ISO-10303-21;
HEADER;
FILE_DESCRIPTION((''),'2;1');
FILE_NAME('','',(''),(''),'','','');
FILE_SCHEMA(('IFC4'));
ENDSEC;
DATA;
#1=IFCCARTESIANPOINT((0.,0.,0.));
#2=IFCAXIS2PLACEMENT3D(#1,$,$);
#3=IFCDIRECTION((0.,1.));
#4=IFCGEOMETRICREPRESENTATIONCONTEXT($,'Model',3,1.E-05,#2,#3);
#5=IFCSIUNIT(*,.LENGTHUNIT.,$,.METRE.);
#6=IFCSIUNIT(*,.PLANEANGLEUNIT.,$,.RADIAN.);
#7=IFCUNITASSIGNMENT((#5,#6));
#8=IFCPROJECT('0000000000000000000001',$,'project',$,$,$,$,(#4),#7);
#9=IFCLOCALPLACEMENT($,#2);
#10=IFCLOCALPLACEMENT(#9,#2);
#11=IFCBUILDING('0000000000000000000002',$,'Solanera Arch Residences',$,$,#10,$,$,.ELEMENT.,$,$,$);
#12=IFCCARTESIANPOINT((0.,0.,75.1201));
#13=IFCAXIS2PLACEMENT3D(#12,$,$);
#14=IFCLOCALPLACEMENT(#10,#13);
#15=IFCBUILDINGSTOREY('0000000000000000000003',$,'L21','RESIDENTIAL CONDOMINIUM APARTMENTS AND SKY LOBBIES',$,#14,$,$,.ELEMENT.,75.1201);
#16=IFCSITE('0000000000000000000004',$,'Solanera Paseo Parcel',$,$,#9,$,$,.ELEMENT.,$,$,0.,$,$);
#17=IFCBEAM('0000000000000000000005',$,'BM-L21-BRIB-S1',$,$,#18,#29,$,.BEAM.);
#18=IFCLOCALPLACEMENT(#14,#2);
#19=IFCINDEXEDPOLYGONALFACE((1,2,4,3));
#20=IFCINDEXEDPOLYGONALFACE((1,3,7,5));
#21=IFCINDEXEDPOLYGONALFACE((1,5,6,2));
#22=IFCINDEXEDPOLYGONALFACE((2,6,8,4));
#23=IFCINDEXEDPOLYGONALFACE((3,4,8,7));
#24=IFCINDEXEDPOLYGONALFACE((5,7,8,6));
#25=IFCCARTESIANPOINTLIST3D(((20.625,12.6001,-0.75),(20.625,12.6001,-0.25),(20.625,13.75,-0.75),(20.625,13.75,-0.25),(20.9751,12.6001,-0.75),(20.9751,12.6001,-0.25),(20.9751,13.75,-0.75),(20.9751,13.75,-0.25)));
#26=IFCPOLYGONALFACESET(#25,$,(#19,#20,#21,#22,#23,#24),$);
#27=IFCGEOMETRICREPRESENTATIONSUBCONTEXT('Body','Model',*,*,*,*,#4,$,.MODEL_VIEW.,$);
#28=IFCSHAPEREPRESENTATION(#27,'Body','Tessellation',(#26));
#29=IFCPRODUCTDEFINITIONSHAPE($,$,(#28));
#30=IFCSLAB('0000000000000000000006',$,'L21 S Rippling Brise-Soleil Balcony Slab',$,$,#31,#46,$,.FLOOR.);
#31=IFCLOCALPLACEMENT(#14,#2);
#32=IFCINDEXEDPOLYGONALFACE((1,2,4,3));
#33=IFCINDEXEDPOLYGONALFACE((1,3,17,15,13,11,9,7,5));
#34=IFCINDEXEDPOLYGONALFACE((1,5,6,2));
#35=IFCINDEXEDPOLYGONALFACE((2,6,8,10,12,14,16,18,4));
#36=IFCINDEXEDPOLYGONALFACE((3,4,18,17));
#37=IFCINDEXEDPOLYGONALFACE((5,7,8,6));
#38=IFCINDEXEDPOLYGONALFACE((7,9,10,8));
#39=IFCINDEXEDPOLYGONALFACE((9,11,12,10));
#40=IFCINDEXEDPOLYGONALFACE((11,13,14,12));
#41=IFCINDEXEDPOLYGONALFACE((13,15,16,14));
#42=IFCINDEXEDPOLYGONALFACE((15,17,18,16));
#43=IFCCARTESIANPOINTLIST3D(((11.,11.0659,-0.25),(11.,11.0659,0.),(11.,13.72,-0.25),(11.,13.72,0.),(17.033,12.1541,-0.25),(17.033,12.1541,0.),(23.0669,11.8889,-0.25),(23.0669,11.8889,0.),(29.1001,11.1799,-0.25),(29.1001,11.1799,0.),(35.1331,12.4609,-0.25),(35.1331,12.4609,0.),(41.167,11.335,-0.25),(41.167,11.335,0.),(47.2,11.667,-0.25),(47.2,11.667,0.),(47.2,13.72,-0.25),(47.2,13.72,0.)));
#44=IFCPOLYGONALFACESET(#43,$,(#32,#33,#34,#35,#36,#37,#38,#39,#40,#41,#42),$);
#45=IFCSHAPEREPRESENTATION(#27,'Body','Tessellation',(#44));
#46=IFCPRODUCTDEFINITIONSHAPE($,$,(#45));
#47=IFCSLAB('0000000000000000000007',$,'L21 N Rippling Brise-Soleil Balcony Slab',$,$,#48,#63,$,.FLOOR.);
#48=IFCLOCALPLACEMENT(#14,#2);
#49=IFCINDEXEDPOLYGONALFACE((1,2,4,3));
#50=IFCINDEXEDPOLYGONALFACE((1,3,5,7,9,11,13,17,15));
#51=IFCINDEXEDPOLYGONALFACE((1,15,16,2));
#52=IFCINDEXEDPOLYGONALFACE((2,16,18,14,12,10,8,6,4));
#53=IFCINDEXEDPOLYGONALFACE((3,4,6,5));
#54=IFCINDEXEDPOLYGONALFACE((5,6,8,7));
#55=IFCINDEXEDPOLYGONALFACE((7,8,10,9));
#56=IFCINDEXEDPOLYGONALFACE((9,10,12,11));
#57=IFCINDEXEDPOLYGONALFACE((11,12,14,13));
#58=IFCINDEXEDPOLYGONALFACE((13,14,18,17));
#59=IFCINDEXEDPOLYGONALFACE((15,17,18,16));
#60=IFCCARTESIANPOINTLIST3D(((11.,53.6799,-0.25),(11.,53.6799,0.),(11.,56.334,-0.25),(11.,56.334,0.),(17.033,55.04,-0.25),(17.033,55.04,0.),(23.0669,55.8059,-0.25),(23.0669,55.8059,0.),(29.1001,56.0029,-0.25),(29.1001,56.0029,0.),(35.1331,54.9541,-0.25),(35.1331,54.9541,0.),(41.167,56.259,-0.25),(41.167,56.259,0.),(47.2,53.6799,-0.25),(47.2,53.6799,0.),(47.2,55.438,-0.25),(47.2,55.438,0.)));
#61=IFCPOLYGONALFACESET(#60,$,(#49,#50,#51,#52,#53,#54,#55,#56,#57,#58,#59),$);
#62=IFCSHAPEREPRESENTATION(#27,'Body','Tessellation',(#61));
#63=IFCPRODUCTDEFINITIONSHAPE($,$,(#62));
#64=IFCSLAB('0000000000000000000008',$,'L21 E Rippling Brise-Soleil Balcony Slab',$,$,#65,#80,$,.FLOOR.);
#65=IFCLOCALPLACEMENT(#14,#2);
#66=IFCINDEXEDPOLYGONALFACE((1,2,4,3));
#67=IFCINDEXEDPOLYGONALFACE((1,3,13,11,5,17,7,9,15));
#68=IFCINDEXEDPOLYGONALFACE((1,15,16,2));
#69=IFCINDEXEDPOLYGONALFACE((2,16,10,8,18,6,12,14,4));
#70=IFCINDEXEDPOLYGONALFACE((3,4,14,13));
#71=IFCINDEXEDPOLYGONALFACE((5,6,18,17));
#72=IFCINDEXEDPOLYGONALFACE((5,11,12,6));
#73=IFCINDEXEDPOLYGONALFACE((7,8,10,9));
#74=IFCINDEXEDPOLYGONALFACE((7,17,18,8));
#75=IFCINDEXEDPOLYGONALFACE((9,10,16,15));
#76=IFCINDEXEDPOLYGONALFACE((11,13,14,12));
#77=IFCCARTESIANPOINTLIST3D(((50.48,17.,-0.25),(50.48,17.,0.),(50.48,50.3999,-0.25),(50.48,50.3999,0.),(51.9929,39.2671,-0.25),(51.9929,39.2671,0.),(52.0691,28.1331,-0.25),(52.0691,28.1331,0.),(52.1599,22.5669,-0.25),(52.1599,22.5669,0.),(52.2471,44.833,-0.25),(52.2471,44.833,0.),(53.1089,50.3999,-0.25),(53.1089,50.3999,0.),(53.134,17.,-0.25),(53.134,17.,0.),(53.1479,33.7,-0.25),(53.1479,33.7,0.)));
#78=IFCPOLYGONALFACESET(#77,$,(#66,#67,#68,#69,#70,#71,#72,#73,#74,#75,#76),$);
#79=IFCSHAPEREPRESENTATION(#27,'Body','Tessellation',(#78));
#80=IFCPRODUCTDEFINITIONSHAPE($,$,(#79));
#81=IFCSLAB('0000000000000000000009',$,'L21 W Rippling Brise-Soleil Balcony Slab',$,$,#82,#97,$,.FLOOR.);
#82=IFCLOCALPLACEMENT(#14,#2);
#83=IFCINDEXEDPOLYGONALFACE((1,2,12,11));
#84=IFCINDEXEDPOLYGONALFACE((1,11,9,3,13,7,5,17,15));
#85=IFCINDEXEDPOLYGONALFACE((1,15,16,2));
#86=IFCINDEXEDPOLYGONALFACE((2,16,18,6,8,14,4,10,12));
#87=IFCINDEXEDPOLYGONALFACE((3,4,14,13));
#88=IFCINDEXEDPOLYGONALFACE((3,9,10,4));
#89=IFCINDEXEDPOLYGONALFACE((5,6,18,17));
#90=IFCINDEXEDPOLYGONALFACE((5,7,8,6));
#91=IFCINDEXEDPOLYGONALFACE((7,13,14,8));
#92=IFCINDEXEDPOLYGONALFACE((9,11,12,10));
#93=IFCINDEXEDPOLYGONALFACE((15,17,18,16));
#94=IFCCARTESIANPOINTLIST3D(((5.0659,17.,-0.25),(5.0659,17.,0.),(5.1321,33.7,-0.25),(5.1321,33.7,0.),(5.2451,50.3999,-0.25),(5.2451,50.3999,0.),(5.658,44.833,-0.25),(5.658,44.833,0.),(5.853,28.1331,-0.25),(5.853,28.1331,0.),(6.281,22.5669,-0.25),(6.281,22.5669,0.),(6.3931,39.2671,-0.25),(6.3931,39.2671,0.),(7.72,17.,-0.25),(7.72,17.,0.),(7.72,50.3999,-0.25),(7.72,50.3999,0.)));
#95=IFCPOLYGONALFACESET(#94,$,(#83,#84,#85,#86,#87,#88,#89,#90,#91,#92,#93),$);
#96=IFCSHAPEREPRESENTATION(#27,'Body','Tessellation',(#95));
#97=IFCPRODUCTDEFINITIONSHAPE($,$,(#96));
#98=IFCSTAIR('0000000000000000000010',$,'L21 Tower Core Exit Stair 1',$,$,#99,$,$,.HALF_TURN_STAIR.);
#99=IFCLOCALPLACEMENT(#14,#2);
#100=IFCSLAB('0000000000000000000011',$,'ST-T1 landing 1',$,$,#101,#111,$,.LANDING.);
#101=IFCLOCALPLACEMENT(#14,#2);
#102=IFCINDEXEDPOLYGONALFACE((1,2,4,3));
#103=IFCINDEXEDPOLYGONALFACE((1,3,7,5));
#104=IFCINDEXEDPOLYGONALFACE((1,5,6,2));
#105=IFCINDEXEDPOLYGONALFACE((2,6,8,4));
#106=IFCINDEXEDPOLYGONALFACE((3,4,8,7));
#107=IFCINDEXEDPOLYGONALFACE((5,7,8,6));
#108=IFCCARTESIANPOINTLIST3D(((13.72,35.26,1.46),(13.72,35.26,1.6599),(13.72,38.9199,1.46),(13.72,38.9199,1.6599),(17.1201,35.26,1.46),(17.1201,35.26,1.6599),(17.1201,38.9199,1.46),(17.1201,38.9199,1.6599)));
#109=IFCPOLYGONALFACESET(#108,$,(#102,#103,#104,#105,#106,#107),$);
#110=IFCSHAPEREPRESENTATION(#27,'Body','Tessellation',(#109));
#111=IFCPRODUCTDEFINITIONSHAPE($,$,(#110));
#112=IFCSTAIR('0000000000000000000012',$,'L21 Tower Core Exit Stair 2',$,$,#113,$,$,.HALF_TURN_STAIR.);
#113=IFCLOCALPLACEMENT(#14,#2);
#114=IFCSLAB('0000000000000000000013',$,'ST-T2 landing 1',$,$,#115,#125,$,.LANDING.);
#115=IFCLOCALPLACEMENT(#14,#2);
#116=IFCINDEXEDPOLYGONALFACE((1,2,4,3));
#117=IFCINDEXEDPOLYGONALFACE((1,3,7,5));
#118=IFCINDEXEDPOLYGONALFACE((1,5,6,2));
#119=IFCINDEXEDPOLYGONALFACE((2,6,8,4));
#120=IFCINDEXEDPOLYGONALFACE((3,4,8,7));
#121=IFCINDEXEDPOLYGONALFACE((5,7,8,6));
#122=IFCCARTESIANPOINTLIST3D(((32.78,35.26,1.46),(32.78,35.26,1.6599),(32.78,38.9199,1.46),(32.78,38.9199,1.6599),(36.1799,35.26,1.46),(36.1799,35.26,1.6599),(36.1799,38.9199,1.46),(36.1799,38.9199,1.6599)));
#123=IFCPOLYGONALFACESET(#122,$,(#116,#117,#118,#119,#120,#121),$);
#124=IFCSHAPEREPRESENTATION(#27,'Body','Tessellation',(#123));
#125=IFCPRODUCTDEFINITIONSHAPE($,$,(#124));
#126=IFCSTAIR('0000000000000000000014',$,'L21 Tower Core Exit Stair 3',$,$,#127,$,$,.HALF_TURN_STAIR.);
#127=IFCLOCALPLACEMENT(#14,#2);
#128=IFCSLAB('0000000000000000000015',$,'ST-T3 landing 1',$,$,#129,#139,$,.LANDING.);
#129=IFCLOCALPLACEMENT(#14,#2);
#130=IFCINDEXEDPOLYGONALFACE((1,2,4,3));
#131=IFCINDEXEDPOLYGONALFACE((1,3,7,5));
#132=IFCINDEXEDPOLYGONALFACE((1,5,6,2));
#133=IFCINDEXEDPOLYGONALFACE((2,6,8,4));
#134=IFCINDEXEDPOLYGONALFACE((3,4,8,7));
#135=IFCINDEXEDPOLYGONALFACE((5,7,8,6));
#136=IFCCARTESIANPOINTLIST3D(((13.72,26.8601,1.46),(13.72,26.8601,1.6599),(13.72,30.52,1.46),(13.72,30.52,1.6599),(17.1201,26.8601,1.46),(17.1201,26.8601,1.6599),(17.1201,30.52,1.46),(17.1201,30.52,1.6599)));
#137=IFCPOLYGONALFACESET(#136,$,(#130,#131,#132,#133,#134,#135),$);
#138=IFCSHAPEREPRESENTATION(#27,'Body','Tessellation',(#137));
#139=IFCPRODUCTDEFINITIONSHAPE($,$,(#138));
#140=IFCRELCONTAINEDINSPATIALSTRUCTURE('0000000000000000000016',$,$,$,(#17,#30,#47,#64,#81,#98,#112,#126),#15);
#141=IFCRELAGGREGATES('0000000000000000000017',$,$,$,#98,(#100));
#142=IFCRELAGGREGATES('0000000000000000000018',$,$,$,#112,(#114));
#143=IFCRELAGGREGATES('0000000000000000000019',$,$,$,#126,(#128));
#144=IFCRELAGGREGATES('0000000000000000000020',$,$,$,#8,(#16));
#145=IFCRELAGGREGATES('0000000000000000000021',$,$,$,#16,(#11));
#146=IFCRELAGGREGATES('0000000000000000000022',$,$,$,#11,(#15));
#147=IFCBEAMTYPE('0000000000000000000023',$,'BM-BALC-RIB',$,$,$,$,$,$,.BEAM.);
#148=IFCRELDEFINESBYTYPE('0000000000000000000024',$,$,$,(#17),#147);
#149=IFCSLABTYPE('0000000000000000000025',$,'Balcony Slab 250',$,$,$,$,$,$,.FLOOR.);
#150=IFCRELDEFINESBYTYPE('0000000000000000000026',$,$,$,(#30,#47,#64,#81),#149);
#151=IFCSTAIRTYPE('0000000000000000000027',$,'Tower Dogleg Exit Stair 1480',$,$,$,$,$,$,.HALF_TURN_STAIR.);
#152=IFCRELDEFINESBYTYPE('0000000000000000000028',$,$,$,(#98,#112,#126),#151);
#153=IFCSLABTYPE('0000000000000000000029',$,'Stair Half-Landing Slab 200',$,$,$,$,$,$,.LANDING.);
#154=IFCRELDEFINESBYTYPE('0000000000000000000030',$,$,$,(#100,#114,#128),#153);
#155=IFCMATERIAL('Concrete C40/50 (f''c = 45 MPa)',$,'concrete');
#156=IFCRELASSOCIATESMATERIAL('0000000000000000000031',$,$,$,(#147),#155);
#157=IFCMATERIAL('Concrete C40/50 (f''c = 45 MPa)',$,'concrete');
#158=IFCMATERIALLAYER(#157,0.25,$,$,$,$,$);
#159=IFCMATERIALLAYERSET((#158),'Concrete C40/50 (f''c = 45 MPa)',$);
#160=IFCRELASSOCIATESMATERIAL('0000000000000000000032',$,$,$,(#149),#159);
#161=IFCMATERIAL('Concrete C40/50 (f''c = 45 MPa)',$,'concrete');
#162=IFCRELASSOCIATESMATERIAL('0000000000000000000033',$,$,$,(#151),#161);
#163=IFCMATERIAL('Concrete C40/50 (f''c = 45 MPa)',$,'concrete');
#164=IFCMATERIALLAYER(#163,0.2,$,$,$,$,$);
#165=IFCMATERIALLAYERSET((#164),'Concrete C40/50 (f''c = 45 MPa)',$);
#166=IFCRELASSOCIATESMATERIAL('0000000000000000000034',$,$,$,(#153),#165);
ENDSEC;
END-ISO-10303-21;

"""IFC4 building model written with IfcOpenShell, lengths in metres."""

from ifc_helpers import new_model, si_unit, direction, frame, origin, origin_2d, place, context, subcontext, project, spatial, polyline, rectangle, outline, extrude, material, layer, layer_set, material_profile, profile_set, type_object, element, aggregate, save


model = new_model("IFC4")

# Units and contexts
model_context = context("Model", 3, precision=1e-05, world=origin(), true_north=direction((0.0, 1.0)))
body_context = subcontext(model_context, "Body", "Model", "MODEL_VIEW")
ifc_project = project(units=[si_unit("LENGTHUNIT", "METRE"), si_unit("PLANEANGLEUNIT", "RADIAN")], contexts=[model_context])

# Site, building, storey
site_placement = place(None, origin())
site = spatial("IfcSite", under=ifc_project, at=site_placement, Name="Solanera Paseo Parcel", CompositionType="ELEMENT", RefElevation=0.0)
building_placement = place(site_placement, origin())
building = spatial("IfcBuilding", under=site, at=building_placement, Name="Solanera Arch Residences", CompositionType="ELEMENT")
storey_placement = place(building_placement, frame((0.0, 0.0, 75.1201)))
storey = spatial("IfcBuildingStorey", under=building, at=storey_placement, Name="L21", Description="RESIDENTIAL CONDOMINIUM APARTMENTS AND SKY LOBBIES", CompositionType="ELEMENT", Elevation=75.1201)

# Beam
ifc_material_1 = material(Name="Concrete C40/50 (f'c = 45 MPa)", Category="concrete")
ifc_material_profile = material_profile(ifc_material_1, rectangle(XDim=0.3501, YDim=0.5, at=origin_2d()))
ifc_profile_set = profile_set([ifc_material_profile], Name="Concrete C40/50 (f'c = 45 MPa)")
beam_type = type_object("IfcBeamType", Name="BM-BALC-RIB", PredefinedType="BEAM", material=ifc_profile_set)
beam_placement = place(storey_placement, frame((20.8, 12.6001, -0.5), z_axis=(0.0, 1.0, 0.0), x_axis=(-1.0, 0.0, 0.0)))
element("IfcBeam", 1, at=beam_placement, inside=storey, type_object=beam_type, Name="BM-L21-BRIB-S1", PredefinedType="BEAM", context=body_context, shape_type="SweptSolid", body=[
    extrude(rectangle(XDim=0.3501, YDim=0.5, at=origin_2d()), origin(), (0.0, 0.0, 1.0), 1.1499),
])

# Slabs
ifc_material_2 = material(Name="Concrete C40/50 (f'c = 45 MPa)", Category="concrete")
ifc_layer_1 = layer(ifc_material_2, 0.25)
ifc_layer_set_1 = layer_set([ifc_layer_1], Name="Concrete C40/50 (f'c = 45 MPa)")
slab_type_1 = type_object("IfcSlabType", Name="Balcony Slab 250", PredefinedType="FLOOR", material=ifc_layer_set_1)
slab_1_placement = place(storey_placement, frame((0.0, 0.0, -0.25)))
element("IfcSlab", 2, at=slab_1_placement, inside=storey, type_object=slab_type_1, Name="L21 S Rippling Brise-Soleil Balcony Slab", PredefinedType="FLOOR", context=body_context, shape_type="SweptSolid", body=[
    extrude(outline(polyline([(11.0, 11.0659), (17.033, 12.1541), (23.0669, 11.8889), (29.1001, 11.1799), (35.1331, 12.4609), (41.167, 11.335), (47.2, 11.667), (47.2, 13.72), (11.0, 13.72), (11.0, 11.0659)])), origin(), (0.0, 0.0, 1.0), 0.25),
])
slab_2_placement = place(storey_placement, frame((0.0, 0.0, -0.25)))
element("IfcSlab", 3, at=slab_2_placement, inside=storey, type_object=slab_type_1, Name="L21 N Rippling Brise-Soleil Balcony Slab", PredefinedType="FLOOR", context=body_context, shape_type="SweptSolid", body=[
    extrude(outline(polyline([(47.2, 55.438), (41.167, 56.259), (35.1331, 54.9541), (29.1001, 56.0029), (23.0669, 55.8059), (17.033, 55.04), (11.0, 56.334), (11.0, 53.6799), (47.2, 53.6799), (47.2, 55.438)])), origin(), (0.0, 0.0, 1.0), 0.25),
])
slab_3_placement = place(storey_placement, frame((0.0, 0.0, -0.25)))
element("IfcSlab", 4, at=slab_3_placement, inside=storey, type_object=slab_type_1, Name="L21 E Rippling Brise-Soleil Balcony Slab", PredefinedType="FLOOR", context=body_context, shape_type="SweptSolid", body=[
    extrude(outline(polyline([(53.134, 17.0), (52.1599, 22.5669), (52.0691, 28.1331), (53.1479, 33.7), (51.9929, 39.2671), (52.2471, 44.833), (53.1089, 50.3999), (50.48, 50.3999), (50.48, 17.0), (53.134, 17.0)])), origin(), (0.0, 0.0, 1.0), 0.25),
])
slab_4_placement = place(storey_placement, frame((0.0, 0.0, -0.25)))
element("IfcSlab", 5, at=slab_4_placement, inside=storey, type_object=slab_type_1, Name="L21 W Rippling Brise-Soleil Balcony Slab", PredefinedType="FLOOR", context=body_context, shape_type="SweptSolid", body=[
    extrude(outline(polyline([(5.2451, 50.3999), (5.658, 44.833), (6.3931, 39.2671), (5.1321, 33.7), (5.853, 28.1331), (6.281, 22.5669), (5.0659, 17.0), (7.72, 17.0), (7.72, 50.3999), (5.2451, 50.3999)])), origin(), (0.0, 0.0, 1.0), 0.25),
])

# Stairs, slabs
ifc_material_3 = material(Name="Concrete C40/50 (f'c = 45 MPa)", Category="concrete")
stair_type = type_object("IfcStairType", Name="Tower Dogleg Exit Stair 1480", PredefinedType="HALF_TURN_STAIR", material=ifc_material_3)
stair_1_placement = place(storey_placement, origin())
stair_1 = element("IfcStair", 6, at=stair_1_placement, inside=storey, type_object=stair_type, Name="L21 Tower Core Exit Stair 1", PredefinedType="HALF_TURN_STAIR")
ifc_material_4 = material(Name="Concrete C40/50 (f'c = 45 MPa)", Category="concrete")
ifc_layer_2 = layer(ifc_material_4, 0.2)
ifc_layer_set_2 = layer_set([ifc_layer_2], Name="Concrete C40/50 (f'c = 45 MPa)")
slab_type_2 = type_object("IfcSlabType", Name="Stair Half-Landing Slab 200", PredefinedType="LANDING", material=ifc_layer_set_2)
slab_5_placement = place(storey_placement, frame((0.0, 0.0, 1.46)))
slab_5 = element("IfcSlab", 7, at=slab_5_placement, type_object=slab_type_2, Name="ST-T1 landing 1", PredefinedType="LANDING", context=body_context, shape_type="SweptSolid", body=[
    extrude(outline(polyline([(17.1201, 35.26), (17.1201, 38.9199), (13.72, 38.9199), (13.72, 35.26), (17.1201, 35.26)])), origin(), (0.0, 0.0, 1.0), 0.2),
])
aggregate(stair_1, [slab_5])
stair_2_placement = place(storey_placement, origin())
stair_2 = element("IfcStair", 8, at=stair_2_placement, inside=storey, type_object=stair_type, Name="L21 Tower Core Exit Stair 2", PredefinedType="HALF_TURN_STAIR")
slab_6_placement = place(storey_placement, frame((0.0, 0.0, 1.46)))
slab_6 = element("IfcSlab", 9, at=slab_6_placement, type_object=slab_type_2, Name="ST-T2 landing 1", PredefinedType="LANDING", context=body_context, shape_type="SweptSolid", body=[
    extrude(outline(polyline([(36.1799, 35.26), (36.1799, 38.9199), (32.78, 38.9199), (32.78, 35.26), (36.1799, 35.26)])), origin(), (0.0, 0.0, 1.0), 0.2),
])
aggregate(stair_2, [slab_6])
stair_3_placement = place(storey_placement, origin())
stair_3 = element("IfcStair", 10, at=stair_3_placement, inside=storey, type_object=stair_type, Name="L21 Tower Core Exit Stair 3", PredefinedType="HALF_TURN_STAIR")
slab_7_placement = place(storey_placement, frame((0.0, 0.0, 1.46)))
slab_7 = element("IfcSlab", 11, at=slab_7_placement, type_object=slab_type_2, Name="ST-T3 landing 1", PredefinedType="LANDING", context=body_context, shape_type="SweptSolid", body=[
    extrude(outline(polyline([(17.1201, 26.8601), (17.1201, 30.52), (13.72, 30.52), (13.72, 26.8601), (17.1201, 26.8601)])), origin(), (0.0, 0.0, 1.0), 0.2),
])
aggregate(stair_3, [slab_7])

save(model, "model.ifc")
